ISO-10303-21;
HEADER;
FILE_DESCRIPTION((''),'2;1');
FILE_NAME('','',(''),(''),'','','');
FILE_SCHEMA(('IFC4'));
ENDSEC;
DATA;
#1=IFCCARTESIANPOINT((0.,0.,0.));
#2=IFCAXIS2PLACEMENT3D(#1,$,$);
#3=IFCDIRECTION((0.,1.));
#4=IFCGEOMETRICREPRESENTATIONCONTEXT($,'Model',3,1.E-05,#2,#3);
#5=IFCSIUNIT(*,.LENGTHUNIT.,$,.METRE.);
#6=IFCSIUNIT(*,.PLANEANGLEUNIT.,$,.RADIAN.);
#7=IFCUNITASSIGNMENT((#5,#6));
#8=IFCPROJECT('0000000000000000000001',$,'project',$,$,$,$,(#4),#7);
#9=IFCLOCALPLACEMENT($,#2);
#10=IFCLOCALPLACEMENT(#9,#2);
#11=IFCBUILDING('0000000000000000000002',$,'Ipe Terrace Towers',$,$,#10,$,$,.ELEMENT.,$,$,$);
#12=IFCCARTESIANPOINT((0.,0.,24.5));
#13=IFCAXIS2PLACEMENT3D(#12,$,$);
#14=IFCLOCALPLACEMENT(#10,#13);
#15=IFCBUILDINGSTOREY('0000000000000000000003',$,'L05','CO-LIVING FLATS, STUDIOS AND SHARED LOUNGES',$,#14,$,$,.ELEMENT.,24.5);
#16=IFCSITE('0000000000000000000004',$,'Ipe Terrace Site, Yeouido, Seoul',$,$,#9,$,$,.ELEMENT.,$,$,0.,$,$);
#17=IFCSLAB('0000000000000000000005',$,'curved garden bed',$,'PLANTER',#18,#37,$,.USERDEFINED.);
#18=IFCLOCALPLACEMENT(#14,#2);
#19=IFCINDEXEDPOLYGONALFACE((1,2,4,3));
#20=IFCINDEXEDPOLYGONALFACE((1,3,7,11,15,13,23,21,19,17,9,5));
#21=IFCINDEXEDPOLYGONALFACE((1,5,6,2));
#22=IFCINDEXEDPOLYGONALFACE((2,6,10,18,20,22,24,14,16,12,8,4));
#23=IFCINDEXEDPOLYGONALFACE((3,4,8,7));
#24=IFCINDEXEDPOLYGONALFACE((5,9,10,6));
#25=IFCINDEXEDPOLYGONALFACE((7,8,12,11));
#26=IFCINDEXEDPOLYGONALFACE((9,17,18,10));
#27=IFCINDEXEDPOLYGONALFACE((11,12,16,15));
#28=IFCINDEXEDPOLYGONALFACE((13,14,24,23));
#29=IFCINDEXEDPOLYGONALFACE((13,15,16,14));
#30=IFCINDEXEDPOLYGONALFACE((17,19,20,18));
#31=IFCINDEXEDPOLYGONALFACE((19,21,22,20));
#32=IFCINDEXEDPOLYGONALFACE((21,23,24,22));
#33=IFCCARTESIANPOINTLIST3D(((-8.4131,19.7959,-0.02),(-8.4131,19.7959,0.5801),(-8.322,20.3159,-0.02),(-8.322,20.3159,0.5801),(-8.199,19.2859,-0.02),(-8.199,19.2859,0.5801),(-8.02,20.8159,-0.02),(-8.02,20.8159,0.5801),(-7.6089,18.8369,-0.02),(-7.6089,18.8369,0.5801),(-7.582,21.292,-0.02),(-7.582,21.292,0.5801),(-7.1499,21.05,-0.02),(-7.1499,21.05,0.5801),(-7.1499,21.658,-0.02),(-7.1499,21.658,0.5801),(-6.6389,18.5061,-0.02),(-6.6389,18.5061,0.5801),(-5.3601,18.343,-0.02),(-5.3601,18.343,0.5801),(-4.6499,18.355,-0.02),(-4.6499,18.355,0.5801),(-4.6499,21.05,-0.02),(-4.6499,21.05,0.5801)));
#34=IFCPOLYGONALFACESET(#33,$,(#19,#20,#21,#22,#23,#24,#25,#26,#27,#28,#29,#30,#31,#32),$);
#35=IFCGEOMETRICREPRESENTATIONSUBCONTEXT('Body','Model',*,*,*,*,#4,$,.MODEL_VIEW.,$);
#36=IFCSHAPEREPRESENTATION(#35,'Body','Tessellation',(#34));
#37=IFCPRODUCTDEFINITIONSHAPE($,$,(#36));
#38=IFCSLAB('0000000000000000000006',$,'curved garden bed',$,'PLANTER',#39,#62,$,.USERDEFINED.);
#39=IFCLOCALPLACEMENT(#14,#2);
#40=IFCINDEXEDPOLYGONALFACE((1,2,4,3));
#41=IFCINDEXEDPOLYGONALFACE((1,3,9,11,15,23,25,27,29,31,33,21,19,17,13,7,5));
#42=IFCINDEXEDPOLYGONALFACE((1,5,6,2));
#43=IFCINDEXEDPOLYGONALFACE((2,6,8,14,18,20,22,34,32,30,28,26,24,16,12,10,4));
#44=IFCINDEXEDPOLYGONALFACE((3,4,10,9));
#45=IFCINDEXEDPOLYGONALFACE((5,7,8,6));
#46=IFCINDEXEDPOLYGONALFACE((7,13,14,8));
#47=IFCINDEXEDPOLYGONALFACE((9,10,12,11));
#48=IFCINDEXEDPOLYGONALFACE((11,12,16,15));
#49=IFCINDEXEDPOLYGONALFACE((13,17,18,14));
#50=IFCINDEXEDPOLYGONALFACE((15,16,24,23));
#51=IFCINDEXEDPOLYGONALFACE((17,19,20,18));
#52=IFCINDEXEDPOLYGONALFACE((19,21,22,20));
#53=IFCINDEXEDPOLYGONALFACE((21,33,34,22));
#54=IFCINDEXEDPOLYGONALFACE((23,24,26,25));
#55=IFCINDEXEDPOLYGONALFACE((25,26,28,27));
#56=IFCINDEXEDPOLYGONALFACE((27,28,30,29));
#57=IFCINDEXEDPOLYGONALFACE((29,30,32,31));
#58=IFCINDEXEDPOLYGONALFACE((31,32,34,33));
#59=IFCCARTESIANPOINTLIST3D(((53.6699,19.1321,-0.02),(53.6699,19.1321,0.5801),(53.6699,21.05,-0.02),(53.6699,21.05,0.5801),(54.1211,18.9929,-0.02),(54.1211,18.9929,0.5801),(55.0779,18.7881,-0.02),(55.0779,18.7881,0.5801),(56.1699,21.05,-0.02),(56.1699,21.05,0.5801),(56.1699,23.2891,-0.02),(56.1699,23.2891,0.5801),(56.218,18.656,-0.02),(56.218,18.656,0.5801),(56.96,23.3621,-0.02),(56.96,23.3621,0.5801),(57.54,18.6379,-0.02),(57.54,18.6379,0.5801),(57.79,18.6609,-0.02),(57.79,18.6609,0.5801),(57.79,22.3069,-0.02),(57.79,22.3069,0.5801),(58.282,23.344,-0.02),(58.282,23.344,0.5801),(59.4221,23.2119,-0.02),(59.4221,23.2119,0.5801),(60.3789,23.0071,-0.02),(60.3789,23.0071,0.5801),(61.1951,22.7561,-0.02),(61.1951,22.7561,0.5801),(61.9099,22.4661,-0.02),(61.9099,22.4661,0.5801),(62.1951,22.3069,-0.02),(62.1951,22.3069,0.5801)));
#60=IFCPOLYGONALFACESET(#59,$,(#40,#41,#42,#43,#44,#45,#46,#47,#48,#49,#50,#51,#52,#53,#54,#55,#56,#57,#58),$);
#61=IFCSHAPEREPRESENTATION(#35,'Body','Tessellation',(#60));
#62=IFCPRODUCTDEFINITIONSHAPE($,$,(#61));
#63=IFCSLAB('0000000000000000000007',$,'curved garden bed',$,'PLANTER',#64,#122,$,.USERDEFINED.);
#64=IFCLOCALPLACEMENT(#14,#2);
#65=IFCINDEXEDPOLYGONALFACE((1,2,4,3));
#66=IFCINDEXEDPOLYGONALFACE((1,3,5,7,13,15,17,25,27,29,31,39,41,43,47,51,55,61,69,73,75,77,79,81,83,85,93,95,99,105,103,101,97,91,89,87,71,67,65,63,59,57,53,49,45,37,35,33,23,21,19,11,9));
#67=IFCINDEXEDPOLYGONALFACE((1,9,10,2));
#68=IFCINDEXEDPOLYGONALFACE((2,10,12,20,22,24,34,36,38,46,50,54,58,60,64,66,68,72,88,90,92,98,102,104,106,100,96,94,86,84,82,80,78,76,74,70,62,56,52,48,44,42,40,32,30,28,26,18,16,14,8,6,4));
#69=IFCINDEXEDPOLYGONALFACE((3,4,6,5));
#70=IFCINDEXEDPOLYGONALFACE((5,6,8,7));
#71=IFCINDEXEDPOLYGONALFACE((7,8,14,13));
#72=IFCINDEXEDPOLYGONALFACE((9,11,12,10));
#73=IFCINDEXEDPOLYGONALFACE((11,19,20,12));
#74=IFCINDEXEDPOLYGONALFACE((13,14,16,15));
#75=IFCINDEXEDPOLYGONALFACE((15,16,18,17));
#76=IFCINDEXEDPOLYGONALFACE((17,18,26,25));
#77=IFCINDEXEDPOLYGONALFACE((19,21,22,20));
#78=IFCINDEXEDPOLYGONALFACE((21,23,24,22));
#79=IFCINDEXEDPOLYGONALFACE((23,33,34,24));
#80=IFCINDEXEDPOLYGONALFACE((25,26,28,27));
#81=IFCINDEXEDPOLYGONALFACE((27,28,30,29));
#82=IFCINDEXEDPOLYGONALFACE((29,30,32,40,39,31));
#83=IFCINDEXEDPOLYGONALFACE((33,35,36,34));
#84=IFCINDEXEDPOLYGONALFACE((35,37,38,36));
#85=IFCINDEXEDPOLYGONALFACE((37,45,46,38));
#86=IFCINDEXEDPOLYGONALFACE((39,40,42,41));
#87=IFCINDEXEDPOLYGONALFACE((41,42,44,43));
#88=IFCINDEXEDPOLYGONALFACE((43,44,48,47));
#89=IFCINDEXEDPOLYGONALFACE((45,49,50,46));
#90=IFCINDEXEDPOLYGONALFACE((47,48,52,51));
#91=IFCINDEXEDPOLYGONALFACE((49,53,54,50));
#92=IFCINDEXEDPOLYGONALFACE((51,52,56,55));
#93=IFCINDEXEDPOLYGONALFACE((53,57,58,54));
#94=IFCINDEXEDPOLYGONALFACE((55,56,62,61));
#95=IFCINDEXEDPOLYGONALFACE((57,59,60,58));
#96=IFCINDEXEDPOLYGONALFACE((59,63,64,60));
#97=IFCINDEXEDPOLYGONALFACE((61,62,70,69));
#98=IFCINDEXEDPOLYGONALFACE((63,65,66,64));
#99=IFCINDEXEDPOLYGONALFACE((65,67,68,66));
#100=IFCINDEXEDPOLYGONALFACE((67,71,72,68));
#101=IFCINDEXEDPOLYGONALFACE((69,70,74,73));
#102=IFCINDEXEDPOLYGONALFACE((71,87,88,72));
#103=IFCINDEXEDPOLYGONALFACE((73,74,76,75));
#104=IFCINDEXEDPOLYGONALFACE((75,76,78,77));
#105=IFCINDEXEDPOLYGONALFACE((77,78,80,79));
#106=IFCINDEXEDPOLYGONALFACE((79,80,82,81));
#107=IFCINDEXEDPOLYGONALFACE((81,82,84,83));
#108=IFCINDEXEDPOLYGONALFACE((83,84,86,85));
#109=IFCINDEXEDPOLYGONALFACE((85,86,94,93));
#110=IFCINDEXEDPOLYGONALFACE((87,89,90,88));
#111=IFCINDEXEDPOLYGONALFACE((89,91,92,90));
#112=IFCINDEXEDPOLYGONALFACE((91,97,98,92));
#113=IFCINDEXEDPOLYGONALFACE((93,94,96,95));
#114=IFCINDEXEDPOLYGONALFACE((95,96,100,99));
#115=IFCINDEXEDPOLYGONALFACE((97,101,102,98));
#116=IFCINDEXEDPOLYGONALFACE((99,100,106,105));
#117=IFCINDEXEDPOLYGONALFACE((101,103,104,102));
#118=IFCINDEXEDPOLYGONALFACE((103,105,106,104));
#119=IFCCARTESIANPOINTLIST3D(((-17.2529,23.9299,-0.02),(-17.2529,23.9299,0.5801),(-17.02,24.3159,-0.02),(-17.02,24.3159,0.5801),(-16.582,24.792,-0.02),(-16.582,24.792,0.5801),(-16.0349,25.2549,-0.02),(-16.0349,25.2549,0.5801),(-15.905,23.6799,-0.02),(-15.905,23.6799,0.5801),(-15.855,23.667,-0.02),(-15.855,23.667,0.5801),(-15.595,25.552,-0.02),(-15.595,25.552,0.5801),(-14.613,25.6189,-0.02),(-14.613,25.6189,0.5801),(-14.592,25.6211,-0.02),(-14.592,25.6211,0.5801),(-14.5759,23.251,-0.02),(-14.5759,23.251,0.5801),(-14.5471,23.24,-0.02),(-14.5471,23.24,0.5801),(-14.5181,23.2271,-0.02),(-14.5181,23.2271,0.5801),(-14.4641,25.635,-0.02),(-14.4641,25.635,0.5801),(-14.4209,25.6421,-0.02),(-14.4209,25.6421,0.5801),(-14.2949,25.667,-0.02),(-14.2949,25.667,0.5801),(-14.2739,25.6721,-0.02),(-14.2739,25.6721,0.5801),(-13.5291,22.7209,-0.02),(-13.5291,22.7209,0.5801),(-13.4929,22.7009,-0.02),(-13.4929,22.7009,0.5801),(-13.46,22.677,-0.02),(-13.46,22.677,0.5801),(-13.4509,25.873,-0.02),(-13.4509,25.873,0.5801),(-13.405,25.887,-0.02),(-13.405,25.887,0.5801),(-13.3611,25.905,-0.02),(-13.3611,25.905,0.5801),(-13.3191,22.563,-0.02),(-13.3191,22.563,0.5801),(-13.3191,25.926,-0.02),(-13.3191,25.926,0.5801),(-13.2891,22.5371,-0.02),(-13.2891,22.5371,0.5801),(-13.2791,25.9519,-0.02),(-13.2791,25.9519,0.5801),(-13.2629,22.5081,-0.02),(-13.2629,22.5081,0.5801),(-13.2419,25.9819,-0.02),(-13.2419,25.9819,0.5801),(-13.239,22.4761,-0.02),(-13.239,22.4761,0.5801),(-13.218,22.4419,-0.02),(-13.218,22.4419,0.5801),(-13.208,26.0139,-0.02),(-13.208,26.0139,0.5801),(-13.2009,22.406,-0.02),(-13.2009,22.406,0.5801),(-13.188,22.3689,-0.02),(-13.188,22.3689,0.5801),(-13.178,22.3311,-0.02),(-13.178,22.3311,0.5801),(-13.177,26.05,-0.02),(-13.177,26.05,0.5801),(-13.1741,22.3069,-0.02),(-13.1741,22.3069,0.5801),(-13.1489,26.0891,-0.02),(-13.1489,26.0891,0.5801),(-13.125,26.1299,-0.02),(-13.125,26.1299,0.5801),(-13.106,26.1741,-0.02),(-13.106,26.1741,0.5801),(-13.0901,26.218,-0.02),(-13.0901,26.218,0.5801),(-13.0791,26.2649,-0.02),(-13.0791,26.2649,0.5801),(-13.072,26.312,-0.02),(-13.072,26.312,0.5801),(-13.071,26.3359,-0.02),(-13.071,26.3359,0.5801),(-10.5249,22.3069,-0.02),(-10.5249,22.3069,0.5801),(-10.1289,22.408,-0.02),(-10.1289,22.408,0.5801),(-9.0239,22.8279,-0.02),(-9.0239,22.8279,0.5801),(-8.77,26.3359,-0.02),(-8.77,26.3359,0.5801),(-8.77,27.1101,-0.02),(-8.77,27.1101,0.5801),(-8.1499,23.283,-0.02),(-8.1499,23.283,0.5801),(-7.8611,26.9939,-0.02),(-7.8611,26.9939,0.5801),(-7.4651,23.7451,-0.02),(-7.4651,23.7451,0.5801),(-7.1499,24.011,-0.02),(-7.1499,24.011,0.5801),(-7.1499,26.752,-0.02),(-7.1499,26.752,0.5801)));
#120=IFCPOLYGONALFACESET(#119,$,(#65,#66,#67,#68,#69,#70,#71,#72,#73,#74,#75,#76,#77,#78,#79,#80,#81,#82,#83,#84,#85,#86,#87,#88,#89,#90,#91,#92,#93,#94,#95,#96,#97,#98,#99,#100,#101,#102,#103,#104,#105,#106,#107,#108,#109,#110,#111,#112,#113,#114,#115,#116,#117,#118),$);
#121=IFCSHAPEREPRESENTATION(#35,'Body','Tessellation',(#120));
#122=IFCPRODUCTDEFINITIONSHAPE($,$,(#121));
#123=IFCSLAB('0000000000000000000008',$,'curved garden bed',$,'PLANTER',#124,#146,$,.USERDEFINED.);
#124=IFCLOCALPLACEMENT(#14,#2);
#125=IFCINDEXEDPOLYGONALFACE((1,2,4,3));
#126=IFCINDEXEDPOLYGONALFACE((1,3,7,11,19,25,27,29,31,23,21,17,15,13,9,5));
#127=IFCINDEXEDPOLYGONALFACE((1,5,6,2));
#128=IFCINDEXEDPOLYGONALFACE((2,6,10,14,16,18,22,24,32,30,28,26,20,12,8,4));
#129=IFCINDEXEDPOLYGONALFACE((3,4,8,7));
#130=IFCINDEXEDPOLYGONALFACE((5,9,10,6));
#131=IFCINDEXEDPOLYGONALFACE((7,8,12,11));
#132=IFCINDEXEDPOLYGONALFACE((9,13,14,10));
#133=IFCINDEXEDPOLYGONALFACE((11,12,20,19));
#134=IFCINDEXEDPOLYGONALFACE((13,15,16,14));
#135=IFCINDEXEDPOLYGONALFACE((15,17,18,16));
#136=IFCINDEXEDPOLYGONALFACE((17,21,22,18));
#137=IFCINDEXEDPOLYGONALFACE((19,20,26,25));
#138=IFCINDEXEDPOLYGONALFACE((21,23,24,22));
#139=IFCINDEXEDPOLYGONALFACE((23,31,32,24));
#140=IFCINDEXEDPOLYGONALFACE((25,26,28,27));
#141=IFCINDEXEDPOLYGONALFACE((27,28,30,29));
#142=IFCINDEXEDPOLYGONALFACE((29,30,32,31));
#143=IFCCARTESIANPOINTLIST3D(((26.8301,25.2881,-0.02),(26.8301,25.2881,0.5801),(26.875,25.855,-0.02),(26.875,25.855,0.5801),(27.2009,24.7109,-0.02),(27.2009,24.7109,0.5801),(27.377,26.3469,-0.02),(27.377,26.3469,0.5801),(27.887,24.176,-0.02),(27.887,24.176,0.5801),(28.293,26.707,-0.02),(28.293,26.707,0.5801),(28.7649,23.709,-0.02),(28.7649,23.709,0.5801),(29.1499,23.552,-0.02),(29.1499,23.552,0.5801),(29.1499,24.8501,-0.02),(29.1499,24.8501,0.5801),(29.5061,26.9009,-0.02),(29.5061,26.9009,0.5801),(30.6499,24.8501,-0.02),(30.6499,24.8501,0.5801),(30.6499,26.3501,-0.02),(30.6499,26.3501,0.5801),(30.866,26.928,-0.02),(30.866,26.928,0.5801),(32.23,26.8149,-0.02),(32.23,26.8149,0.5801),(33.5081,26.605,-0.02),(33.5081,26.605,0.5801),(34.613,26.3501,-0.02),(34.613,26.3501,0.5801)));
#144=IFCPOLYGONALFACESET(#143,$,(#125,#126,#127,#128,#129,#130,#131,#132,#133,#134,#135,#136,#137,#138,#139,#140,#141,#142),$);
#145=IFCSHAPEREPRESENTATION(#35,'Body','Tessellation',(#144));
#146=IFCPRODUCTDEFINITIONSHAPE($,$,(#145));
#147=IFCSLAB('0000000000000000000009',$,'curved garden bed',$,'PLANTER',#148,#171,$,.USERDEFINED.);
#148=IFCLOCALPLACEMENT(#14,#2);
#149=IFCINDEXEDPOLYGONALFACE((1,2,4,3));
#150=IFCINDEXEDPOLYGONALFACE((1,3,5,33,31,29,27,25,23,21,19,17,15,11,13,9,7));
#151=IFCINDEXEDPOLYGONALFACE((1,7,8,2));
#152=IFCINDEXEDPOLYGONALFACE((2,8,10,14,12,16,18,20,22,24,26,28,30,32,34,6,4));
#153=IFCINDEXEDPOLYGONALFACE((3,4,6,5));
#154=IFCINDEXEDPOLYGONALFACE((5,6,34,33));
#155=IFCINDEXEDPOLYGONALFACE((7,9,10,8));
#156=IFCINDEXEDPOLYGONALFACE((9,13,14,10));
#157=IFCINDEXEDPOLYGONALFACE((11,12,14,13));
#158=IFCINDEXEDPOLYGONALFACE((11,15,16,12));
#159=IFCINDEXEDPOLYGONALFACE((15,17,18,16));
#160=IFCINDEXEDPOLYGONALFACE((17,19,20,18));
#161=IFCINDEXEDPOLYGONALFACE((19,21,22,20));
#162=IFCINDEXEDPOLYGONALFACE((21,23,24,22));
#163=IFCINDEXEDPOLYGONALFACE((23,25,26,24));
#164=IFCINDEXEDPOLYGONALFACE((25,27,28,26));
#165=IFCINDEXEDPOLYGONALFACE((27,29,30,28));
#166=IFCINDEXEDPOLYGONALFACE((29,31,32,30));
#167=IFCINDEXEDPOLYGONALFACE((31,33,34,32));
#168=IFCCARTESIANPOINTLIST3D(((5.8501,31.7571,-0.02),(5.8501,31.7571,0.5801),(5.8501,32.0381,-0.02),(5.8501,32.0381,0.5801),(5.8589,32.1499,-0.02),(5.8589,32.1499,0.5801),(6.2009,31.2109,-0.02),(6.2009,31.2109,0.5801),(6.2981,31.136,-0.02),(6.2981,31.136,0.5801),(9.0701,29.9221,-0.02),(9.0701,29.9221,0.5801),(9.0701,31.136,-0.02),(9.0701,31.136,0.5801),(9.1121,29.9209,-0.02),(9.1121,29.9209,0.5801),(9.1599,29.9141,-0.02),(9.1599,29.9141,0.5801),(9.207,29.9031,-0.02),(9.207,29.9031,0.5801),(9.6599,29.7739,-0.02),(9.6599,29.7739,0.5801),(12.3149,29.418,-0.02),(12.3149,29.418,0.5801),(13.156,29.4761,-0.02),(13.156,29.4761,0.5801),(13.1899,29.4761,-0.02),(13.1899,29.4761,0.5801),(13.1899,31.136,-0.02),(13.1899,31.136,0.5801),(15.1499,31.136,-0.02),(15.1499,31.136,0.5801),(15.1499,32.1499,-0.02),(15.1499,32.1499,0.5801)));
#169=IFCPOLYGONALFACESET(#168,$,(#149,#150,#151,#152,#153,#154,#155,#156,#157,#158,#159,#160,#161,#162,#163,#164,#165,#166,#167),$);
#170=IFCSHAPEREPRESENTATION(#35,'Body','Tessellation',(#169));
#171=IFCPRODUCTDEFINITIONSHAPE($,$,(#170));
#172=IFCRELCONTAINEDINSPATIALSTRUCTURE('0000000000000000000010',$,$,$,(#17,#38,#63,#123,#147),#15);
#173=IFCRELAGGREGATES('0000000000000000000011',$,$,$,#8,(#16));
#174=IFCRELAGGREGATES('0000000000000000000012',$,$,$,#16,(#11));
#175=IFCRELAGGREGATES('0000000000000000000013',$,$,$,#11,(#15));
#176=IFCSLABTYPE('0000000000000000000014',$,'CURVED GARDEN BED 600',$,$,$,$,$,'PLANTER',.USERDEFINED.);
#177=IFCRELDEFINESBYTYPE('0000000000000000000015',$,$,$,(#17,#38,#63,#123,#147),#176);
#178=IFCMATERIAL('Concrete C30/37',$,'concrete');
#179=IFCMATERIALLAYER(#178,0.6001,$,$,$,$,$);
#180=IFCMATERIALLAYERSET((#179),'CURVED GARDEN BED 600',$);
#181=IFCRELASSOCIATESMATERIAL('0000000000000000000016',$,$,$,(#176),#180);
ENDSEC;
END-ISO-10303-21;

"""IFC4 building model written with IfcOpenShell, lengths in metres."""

from ifc_helpers import new_model, si_unit, direction, frame, origin, place, context, subcontext, project, spatial, polyline, outline, extrude, material, layer, layer_set, type_object, element, save


model = new_model("IFC4")

# Units and contexts
model_context = context("Model", 3, precision=1e-05, world=origin(), true_north=direction((0.0, 1.0)))
body_context = subcontext(model_context, "Body", "Model", "MODEL_VIEW")
ifc_project = project(units=[si_unit("LENGTHUNIT", "METRE"), si_unit("PLANEANGLEUNIT", "RADIAN")], contexts=[model_context])

# Site, building, storey
site_placement = place(None, origin())
site = spatial("IfcSite", under=ifc_project, at=site_placement, Name="Ipe Terrace Site, Yeouido, Seoul", CompositionType="ELEMENT", RefElevation=0.0)
building_placement = place(site_placement, origin())
building = spatial("IfcBuilding", under=site, at=building_placement, Name="Ipe Terrace Towers", CompositionType="ELEMENT")
storey_placement = place(building_placement, frame((0.0, 0.0, 24.5)))
storey = spatial("IfcBuildingStorey", under=building, at=storey_placement, Name="L05", Description="CO-LIVING FLATS, STUDIOS AND SHARED LOUNGES", CompositionType="ELEMENT", Elevation=24.5)

# Slabs
ifc_material_1 = material(Name="Concrete C30/37", Category="concrete")
ifc_layer_1 = layer(ifc_material_1, 0.6001)
ifc_layer_set_1 = layer_set([ifc_layer_1], Name="CURVED GARDEN BED 600")
slab_type_1 = type_object("IfcSlabType", Name="CURVED GARDEN BED 600", ElementType="PLANTER", PredefinedType="USERDEFINED", material=ifc_layer_set_1)
slab_1_placement = place(storey_placement, frame((0.0, 0.0, -0.02)))
element("IfcSlab", 1, at=slab_1_placement, inside=storey, type_object=slab_type_1, Name="curved garden bed", ObjectType="PLANTER", PredefinedType="USERDEFINED", context=body_context, shape_type="SweptSolid", body=[
    extrude(outline(polyline([(-7.6089, 18.8369), (-8.199, 19.2859), (-8.4131, 19.7959), (-8.322, 20.3159), (-8.02, 20.8159), (-7.582, 21.292), (-7.1499, 21.658), (-7.1499, 21.05), (-4.6499, 21.05), (-4.6499, 18.355), (-5.3601, 18.343), (-6.6389, 18.5061), (-7.6089, 18.8369)])), origin(), (0.0, 0.0, 1.0), 0.6001),
])
slab_2_placement = place(storey_placement, frame((0.0, 0.0, -0.02)))
element("IfcSlab", 2, at=slab_2_placement, inside=storey, type_object=slab_type_1, Name="curved garden bed", ObjectType="PLANTER", PredefinedType="USERDEFINED", context=body_context, shape_type="SweptSolid", body=[
    extrude(outline(polyline([(59.4221, 23.2119), (60.3789, 23.0071), (61.1951, 22.7561), (61.9099, 22.4661), (62.1951, 22.3069), (57.79, 22.3069), (57.79, 18.6609), (57.54, 18.6379), (56.218, 18.656), (55.0779, 18.7881), (54.1211, 18.9929), (53.6699, 19.1321), (53.6699, 21.05), (56.1699, 21.05), (56.1699, 23.2891), (56.96, 23.3621), (58.282, 23.344), (59.4221, 23.2119)])), origin(), (0.0, 0.0, 1.0), 0.6001),
])
slab_3_placement = place(storey_placement, frame((0.0, 0.0, -0.02)))
element("IfcSlab", 3, at=slab_3_placement, inside=storey, type_object=slab_type_1, Name="curved garden bed", ObjectType="PLANTER", PredefinedType="USERDEFINED", context=body_context, shape_type="SweptSolid", body=[
    extrude(outline(polyline([(-7.1499, 24.011), (-7.4651, 23.7451), (-8.1499, 23.283), (-9.0239, 22.8279), (-10.1289, 22.408), (-10.5249, 22.3069), (-13.1741, 22.3069), (-13.178, 22.3311), (-13.188, 22.3689), (-13.2009, 22.406), (-13.218, 22.4419), (-13.239, 22.4761), (-13.2629, 22.5081), (-13.2891, 22.5371), (-13.3191, 22.563), (-13.46, 22.677), (-13.4929, 22.7009), (-13.5291, 22.7209), (-14.5181, 23.2271), (-14.5471, 23.24), (-14.5759, 23.251), (-15.855, 23.667), (-15.905, 23.6799), (-17.2529, 23.9299), (-17.02, 24.3159), (-16.582, 24.792), (-16.0349, 25.2549), (-15.595, 25.552), (-14.613, 25.6189), (-14.592, 25.6211), (-14.4641, 25.635), (-14.4209, 25.6421), (-14.2949, 25.667), (-14.2739, 25.6721), (-13.4509, 25.873), (-13.405, 25.887), (-13.3611, 25.905), (-13.3191, 25.926), (-13.2791, 25.9519), (-13.2419, 25.9819), (-13.208, 26.0139), (-13.177, 26.05), (-13.1489, 26.0891), (-13.125, 26.1299), (-13.106, 26.1741), (-13.0901, 26.218), (-13.0791, 26.2649), (-13.072, 26.312), (-13.071, 26.3359), (-8.77, 26.3359), (-8.77, 27.1101), (-7.8611, 26.9939), (-7.1499, 26.752), (-7.1499, 24.011)])), origin(), (0.0, 0.0, 1.0), 0.6001),
])
slab_4_placement = place(storey_placement, frame((0.0, 0.0, -0.02)))
element("IfcSlab", 4, at=slab_4_placement, inside=storey, type_object=slab_type_1, Name="curved garden bed", ObjectType="PLANTER", PredefinedType="USERDEFINED", context=body_context, shape_type="SweptSolid", body=[
    extrude(outline(polyline([(27.2009, 24.7109), (26.8301, 25.2881), (26.875, 25.855), (27.377, 26.3469), (28.293, 26.707), (29.5061, 26.9009), (30.866, 26.928), (32.23, 26.8149), (33.5081, 26.605), (34.613, 26.3501), (30.6499, 26.3501), (30.6499, 24.8501), (29.1499, 24.8501), (29.1499, 23.552), (28.7649, 23.709), (27.887, 24.176), (27.2009, 24.7109)])), origin(), (0.0, 0.0, 1.0), 0.6001),
])
slab_5_placement = place(storey_placement, frame((0.0, 0.0, -0.02)))
element("IfcSlab", 5, at=slab_5_placement, inside=storey, type_object=slab_type_1, Name="curved garden bed", ObjectType="PLANTER", PredefinedType="USERDEFINED", context=body_context, shape_type="SweptSolid", body=[
    extrude(outline(polyline([(15.1499, 31.136), (13.1899, 31.136), (13.1899, 29.4761), (13.156, 29.4761), (12.3149, 29.418), (9.6599, 29.7739), (9.207, 29.9031), (9.1599, 29.9141), (9.1121, 29.9209), (9.0701, 29.9221), (9.0701, 31.136), (6.2981, 31.136), (6.2009, 31.2109), (5.8501, 31.7571), (5.8501, 32.0381), (5.8589, 32.1499), (15.1499, 32.1499), (15.1499, 31.136)])), origin(), (0.0, 0.0, 1.0), 0.6001),
])

save(model, "model.ifc")
